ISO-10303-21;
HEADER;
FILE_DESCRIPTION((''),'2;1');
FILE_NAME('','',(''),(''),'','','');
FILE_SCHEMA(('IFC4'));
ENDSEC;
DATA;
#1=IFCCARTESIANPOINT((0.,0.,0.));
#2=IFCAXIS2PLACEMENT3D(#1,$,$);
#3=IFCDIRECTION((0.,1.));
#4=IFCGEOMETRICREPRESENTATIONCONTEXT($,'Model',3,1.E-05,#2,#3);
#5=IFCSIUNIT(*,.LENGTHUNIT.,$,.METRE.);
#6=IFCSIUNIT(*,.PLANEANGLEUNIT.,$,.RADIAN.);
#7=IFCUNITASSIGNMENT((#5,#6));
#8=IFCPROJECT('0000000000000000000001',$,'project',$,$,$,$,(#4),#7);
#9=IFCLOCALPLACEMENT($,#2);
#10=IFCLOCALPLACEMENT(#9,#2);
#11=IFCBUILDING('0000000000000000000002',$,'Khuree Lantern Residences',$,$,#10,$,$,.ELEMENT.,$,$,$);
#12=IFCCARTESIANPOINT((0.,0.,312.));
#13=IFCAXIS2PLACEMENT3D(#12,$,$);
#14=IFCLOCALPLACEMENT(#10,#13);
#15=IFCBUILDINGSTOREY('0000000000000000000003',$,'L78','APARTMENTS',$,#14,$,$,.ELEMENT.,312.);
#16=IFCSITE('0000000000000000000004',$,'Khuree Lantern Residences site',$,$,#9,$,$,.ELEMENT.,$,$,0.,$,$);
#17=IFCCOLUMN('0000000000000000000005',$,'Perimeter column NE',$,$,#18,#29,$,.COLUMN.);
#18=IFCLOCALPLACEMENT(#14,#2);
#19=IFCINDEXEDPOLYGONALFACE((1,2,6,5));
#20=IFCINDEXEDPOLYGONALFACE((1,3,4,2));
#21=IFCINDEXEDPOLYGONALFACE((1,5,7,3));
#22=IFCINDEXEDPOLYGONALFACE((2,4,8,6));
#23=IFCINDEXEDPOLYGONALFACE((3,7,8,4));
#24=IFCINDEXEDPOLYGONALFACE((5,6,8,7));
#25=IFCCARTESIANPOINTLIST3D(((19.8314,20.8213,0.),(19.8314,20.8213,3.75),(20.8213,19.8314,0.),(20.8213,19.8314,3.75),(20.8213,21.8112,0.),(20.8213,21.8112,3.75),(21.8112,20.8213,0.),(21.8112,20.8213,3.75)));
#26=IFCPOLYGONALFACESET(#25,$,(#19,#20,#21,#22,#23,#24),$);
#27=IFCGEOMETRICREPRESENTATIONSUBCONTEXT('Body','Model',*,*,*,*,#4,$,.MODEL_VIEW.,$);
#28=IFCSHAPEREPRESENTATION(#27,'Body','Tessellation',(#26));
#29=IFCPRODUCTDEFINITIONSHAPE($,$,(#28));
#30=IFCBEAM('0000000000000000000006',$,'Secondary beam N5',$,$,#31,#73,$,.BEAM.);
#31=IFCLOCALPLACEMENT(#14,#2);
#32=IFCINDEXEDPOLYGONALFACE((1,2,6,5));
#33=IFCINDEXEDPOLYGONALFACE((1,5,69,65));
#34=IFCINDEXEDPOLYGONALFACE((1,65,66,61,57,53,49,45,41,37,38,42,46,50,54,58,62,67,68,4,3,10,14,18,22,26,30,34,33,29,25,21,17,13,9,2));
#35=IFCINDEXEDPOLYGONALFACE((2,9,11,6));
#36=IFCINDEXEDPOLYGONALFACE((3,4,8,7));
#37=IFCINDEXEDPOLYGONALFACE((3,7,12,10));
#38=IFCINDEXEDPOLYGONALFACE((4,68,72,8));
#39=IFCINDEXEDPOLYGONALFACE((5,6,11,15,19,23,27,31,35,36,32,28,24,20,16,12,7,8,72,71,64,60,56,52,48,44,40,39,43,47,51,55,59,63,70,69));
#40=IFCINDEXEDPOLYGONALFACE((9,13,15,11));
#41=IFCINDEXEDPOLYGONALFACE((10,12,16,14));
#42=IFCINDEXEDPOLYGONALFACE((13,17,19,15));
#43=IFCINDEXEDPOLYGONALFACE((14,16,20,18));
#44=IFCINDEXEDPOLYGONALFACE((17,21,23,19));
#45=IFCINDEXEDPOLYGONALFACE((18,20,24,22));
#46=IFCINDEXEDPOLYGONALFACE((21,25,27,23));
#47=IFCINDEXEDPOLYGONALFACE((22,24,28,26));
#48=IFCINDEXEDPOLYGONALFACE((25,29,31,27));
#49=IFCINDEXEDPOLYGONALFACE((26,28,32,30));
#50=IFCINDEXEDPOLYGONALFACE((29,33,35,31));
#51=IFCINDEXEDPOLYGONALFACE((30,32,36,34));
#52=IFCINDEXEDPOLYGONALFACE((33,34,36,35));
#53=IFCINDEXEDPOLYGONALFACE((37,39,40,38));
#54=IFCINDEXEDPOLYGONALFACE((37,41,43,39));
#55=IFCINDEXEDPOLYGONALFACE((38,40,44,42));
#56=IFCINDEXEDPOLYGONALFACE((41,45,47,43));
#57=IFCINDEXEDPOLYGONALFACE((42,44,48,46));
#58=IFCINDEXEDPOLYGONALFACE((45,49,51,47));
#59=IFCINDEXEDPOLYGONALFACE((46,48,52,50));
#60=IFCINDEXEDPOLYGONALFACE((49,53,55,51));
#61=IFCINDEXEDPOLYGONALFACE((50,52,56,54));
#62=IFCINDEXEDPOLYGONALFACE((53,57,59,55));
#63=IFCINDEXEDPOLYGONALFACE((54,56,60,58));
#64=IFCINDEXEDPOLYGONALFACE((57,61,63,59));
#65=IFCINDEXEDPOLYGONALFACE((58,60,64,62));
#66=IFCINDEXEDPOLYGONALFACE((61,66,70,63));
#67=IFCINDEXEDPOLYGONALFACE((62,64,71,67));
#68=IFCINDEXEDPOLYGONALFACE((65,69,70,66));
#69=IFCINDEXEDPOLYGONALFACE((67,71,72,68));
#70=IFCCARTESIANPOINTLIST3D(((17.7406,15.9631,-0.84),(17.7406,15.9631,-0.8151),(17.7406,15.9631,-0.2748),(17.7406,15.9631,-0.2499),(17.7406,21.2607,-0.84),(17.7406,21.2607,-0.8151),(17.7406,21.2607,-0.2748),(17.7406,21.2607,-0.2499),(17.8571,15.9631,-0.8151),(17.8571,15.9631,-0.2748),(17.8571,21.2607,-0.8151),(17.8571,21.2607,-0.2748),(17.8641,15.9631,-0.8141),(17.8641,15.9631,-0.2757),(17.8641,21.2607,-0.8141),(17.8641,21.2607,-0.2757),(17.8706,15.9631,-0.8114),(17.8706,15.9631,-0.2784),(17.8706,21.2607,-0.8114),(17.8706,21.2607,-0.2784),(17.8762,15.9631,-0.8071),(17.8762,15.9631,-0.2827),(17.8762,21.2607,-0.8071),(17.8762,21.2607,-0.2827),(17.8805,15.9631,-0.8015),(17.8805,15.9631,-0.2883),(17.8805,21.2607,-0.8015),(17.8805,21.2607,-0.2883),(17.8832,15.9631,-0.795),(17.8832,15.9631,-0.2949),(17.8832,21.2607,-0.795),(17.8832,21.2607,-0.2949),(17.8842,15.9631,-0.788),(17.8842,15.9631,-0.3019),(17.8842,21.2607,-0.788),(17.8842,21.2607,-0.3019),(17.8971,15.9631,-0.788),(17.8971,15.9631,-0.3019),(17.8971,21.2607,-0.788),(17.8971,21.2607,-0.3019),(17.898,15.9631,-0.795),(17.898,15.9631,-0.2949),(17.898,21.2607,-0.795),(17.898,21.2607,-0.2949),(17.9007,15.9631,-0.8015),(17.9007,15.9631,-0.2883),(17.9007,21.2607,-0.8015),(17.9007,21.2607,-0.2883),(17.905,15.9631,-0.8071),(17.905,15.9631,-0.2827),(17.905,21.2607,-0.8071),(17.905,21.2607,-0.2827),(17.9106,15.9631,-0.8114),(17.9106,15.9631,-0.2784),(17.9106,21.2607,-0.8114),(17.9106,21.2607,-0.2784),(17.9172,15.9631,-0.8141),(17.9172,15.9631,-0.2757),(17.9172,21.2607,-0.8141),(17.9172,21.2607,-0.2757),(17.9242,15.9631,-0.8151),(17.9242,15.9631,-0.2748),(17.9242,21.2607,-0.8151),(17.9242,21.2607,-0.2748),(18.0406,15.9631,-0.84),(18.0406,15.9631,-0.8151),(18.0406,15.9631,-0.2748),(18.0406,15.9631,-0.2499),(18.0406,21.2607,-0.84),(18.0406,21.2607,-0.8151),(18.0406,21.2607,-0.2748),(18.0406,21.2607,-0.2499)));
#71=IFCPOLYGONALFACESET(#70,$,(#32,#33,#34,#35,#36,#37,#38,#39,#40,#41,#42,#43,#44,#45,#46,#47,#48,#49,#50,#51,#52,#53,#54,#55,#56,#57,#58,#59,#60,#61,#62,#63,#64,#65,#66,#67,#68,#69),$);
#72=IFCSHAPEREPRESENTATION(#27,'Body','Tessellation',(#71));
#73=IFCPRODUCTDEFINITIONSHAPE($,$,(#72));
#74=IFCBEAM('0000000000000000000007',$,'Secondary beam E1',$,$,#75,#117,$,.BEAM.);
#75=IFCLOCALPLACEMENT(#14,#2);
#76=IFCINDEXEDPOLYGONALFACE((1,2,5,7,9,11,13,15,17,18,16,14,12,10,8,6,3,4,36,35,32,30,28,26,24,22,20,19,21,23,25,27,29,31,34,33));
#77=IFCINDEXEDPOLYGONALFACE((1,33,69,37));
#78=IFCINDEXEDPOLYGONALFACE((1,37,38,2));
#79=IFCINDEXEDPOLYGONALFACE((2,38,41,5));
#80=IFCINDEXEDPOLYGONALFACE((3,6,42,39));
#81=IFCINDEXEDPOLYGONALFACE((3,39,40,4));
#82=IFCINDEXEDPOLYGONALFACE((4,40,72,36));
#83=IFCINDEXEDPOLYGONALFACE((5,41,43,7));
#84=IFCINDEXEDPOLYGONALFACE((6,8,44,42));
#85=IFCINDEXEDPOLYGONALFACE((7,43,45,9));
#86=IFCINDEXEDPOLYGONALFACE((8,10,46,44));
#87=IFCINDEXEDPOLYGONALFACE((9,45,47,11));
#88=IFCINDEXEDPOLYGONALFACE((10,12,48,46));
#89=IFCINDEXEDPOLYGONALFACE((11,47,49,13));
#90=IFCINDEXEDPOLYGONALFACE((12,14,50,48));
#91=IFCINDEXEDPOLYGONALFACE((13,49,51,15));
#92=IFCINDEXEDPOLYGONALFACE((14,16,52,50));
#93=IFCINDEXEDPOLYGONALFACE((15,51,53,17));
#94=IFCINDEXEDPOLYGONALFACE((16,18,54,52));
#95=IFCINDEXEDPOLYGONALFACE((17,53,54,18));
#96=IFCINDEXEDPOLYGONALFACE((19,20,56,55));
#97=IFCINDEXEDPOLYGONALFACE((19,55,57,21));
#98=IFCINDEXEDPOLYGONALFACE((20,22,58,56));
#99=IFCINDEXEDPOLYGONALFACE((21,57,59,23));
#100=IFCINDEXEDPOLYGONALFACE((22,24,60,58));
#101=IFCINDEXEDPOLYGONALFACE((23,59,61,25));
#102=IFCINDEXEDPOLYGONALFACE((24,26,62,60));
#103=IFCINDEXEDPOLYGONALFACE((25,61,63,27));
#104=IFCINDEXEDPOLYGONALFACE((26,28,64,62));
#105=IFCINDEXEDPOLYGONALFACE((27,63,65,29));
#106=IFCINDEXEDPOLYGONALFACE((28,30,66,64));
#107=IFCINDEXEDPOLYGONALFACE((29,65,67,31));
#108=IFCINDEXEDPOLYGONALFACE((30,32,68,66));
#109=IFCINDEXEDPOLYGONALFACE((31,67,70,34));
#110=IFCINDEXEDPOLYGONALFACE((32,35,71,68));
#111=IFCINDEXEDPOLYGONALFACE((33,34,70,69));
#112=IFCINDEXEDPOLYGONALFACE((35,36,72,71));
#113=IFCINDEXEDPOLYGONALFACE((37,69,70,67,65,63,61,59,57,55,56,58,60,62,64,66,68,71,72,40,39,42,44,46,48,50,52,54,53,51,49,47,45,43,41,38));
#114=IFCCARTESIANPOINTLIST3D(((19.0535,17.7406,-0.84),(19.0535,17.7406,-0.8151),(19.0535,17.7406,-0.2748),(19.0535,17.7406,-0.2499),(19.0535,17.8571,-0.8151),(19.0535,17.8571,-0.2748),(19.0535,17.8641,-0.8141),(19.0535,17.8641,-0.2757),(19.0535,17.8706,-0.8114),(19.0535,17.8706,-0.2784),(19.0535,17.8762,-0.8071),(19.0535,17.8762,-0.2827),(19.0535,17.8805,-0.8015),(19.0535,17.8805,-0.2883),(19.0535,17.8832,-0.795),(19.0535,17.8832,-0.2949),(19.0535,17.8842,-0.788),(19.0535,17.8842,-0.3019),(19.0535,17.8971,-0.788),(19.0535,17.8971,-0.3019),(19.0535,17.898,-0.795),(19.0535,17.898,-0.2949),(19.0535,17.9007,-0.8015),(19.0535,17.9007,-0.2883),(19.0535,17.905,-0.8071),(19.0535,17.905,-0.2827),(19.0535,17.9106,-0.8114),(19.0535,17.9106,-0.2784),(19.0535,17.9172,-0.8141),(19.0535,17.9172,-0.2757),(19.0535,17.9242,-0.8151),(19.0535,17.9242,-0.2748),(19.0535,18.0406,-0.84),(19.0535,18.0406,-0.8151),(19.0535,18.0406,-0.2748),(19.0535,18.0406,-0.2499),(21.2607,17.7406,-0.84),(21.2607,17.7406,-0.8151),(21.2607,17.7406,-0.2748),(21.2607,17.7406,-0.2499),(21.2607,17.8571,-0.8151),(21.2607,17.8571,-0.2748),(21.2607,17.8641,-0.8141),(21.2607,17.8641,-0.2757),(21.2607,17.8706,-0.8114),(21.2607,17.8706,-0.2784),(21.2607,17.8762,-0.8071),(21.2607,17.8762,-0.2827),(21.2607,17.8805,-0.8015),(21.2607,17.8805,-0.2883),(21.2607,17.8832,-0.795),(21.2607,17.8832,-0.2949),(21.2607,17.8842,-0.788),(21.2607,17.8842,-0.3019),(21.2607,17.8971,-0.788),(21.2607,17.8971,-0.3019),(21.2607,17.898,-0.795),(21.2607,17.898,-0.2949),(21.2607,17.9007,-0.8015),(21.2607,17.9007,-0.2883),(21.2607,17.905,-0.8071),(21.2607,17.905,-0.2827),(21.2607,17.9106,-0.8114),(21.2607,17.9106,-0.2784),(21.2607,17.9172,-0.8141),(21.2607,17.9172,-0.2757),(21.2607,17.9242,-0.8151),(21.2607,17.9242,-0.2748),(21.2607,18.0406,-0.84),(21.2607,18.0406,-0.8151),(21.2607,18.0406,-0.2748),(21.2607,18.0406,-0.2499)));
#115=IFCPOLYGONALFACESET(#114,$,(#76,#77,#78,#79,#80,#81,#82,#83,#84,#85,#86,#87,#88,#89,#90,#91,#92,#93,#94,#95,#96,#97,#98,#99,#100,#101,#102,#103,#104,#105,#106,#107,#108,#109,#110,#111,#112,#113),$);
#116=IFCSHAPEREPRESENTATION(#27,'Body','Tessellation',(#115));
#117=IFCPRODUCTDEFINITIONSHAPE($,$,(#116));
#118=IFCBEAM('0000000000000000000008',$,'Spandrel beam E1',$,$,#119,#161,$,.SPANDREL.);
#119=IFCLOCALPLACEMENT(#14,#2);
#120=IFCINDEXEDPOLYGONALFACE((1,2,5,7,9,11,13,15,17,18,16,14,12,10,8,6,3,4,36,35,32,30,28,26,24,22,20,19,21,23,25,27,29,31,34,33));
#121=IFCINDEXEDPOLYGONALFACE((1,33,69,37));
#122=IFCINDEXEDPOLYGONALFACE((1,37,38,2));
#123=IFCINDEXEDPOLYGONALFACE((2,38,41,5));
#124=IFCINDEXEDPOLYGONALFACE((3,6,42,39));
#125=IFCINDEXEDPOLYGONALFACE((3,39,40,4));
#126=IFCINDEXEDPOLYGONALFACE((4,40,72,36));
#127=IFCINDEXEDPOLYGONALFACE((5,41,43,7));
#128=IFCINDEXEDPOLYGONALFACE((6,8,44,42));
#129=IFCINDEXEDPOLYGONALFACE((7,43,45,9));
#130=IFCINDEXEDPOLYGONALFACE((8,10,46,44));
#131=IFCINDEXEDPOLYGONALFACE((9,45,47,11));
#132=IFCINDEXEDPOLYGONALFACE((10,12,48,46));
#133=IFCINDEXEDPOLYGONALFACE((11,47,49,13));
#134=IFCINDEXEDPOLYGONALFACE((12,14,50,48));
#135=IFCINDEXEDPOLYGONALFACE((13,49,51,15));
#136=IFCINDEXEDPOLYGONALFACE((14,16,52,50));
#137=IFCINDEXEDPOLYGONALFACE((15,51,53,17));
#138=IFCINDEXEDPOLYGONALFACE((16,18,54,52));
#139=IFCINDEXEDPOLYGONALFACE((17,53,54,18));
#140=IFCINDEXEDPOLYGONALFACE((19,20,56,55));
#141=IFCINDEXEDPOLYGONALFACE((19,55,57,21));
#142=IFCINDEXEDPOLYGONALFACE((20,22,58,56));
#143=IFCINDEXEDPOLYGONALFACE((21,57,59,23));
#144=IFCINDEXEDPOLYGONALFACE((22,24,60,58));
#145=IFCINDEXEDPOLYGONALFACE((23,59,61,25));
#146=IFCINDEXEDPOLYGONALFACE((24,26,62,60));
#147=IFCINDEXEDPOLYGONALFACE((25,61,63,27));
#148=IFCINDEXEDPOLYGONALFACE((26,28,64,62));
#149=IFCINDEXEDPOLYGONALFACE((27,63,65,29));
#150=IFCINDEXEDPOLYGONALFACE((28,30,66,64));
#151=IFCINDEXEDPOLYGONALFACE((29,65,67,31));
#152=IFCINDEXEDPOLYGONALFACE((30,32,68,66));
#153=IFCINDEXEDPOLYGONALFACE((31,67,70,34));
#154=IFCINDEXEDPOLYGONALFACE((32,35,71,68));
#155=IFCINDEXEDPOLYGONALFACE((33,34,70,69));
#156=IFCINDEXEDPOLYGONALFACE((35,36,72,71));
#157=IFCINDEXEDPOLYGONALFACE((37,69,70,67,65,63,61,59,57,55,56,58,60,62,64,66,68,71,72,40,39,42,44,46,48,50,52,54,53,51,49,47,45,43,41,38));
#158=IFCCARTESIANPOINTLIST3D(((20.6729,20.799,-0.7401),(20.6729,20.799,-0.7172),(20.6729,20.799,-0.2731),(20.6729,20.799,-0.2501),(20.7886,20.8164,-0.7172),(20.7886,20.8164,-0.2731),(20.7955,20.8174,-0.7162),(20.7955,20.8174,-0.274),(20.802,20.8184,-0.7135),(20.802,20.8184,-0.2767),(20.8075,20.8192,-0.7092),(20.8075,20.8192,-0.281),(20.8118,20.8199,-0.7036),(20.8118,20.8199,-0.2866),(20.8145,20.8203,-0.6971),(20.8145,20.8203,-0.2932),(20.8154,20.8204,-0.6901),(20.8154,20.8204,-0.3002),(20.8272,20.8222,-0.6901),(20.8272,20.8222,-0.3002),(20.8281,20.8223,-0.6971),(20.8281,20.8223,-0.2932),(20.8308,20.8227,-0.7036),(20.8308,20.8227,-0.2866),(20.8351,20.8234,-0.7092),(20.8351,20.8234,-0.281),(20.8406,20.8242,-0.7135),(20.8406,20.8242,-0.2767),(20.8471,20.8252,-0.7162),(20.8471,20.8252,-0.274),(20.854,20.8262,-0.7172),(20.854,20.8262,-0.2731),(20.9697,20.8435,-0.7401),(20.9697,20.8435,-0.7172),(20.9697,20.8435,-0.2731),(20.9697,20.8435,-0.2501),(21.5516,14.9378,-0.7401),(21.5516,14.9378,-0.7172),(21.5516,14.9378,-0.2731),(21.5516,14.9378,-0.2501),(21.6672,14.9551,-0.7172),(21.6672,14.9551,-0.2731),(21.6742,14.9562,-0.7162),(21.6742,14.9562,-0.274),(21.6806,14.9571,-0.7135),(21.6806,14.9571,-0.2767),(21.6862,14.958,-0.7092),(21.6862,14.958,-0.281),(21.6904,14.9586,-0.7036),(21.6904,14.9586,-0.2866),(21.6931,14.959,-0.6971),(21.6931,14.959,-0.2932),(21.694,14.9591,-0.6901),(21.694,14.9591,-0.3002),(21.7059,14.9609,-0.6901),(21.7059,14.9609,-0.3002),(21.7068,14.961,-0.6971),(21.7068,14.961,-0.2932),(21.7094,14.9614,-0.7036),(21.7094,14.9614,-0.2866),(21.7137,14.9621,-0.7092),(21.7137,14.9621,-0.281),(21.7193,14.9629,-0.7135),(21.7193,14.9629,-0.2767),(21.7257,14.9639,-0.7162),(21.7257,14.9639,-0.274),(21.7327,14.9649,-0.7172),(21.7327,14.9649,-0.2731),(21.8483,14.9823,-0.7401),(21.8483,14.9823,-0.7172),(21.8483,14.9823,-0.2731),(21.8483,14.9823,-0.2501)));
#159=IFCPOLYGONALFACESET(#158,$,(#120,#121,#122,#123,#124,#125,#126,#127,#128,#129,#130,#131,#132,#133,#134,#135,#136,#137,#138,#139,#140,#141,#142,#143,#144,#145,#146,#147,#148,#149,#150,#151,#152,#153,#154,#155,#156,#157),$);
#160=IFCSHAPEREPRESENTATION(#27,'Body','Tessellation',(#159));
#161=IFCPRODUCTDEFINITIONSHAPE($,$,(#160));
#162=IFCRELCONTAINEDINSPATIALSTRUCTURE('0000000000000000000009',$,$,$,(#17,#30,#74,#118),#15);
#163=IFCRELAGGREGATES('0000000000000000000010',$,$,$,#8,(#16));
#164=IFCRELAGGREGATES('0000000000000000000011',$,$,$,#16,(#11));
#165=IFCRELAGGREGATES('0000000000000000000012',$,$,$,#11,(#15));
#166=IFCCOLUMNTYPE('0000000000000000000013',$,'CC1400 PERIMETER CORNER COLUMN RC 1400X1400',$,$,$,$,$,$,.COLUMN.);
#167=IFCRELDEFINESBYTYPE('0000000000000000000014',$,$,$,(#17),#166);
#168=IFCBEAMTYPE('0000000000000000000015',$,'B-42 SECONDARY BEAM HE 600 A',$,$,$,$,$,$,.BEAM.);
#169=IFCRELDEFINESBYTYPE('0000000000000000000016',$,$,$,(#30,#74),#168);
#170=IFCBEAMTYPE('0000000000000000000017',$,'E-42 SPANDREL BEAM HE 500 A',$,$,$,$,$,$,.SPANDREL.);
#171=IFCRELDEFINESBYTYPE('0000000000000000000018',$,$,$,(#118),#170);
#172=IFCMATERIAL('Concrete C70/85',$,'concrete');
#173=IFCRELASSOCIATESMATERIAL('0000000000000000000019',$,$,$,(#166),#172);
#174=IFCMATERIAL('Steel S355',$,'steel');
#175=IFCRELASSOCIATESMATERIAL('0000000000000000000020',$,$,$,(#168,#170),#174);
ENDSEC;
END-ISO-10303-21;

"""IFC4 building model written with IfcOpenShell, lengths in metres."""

from ifc_helpers import new_model, si_unit, direction, frame, origin, origin_2d, place, context, subcontext, project, spatial, rectangle, i_section, extrude, material, material_profile, profile_set, type_object, element, save


model = new_model("IFC4")

# Units and contexts
model_context = context("Model", 3, precision=1e-05, world=origin(), true_north=direction((0.0, 1.0)))
body_context = subcontext(model_context, "Body", "Model", "MODEL_VIEW")
ifc_project = project(units=[si_unit("LENGTHUNIT", "METRE"), si_unit("PLANEANGLEUNIT", "RADIAN")], contexts=[model_context])

# Site, building, storey
site_placement = place(None, origin())
site = spatial("IfcSite", under=ifc_project, at=site_placement, Name="Khuree Lantern Residences site", CompositionType="ELEMENT", RefElevation=0.0)
building_placement = place(site_placement, origin())
building = spatial("IfcBuilding", under=site, at=building_placement, Name="Khuree Lantern Residences", CompositionType="ELEMENT")
storey_placement = place(building_placement, frame((0.0, 0.0, 312.0)))
storey = spatial("IfcBuildingStorey", under=building, at=storey_placement, Name="L78", Description="APARTMENTS", CompositionType="ELEMENT", Elevation=312.0)

# Column
ifc_material_1 = material(Name="Concrete C70/85", Category="concrete")
ifc_material_profile_1 = material_profile(ifc_material_1, rectangle(XDim=1.3999, YDim=1.3999, at=origin_2d()), Name="RC 1400X1400")
ifc_profile_set_1 = profile_set([ifc_material_profile_1], Name="Concrete C70/85")
column_type = type_object("IfcColumnType", Name="CC1400 PERIMETER CORNER COLUMN RC 1400X1400", PredefinedType="COLUMN", material=ifc_profile_set_1)
column_placement = place(storey_placement, frame((20.8213, 20.8213, 0.0), z_axis=(0.0, 0.0, 1.0), x_axis=(0.707107, -0.707107, 0.0)))
element("IfcColumn", 1, at=column_placement, inside=storey, type_object=column_type, Name="Perimeter column NE", PredefinedType="COLUMN", context=body_context, shape_type="SweptSolid", body=[
    extrude(rectangle(XDim=1.3999, YDim=1.3999, at=origin_2d()), origin(), (0.0, 0.0, 1.0), 3.75),
])

# Beams
ifc_material_2 = material(Name="Steel S355", Category="steel")
ifc_material_profile_2 = material_profile(ifc_material_2, i_section(OverallWidth=0.3, OverallDepth=0.5901, WebThickness=0.0129, FlangeThickness=0.0249, FilletRadius=0.0271, at=origin_2d()), Name="HE 600 A")
ifc_profile_set_2 = profile_set([ifc_material_profile_2], Name="Steel S355")
beam_type_1 = type_object("IfcBeamType", Name="B-42 SECONDARY BEAM HE 600 A", PredefinedType="BEAM", material=ifc_profile_set_2)
beam_1_placement = place(storey_placement, frame((17.8906, 21.2607, -0.5449), z_axis=(0.0, -1.0, 0.0), x_axis=(1.0, 0.0, 0.0)))
element("IfcBeam", 2, at=beam_1_placement, inside=storey, type_object=beam_type_1, Name="Secondary beam N5", PredefinedType="BEAM", context=body_context, shape_type="SweptSolid", body=[
    extrude(i_section(OverallWidth=0.3, OverallDepth=0.5901, WebThickness=0.0129, FlangeThickness=0.0249, FilletRadius=0.0271, at=origin_2d()), origin(), (0.0, 0.0, 1.0), 5.2976),
])
beam_2_placement = place(storey_placement, frame((21.2607, 17.8906, -0.5449), z_axis=(-1.0, 0.0, 0.0), x_axis=(0.0, -1.0, 0.0)))
element("IfcBeam", 3, at=beam_2_placement, inside=storey, type_object=beam_type_1, Name="Secondary beam E1", PredefinedType="BEAM", context=body_context, shape_type="SweptSolid", body=[
    extrude(i_section(OverallWidth=0.3, OverallDepth=0.5901, WebThickness=0.0129, FlangeThickness=0.0249, FilletRadius=0.0271, at=origin_2d()), origin(), (0.0, 0.0, 1.0), 2.2073),
])
ifc_material_profile_3 = material_profile(ifc_material_2, i_section(OverallWidth=0.3, OverallDepth=0.49, WebThickness=0.012, FlangeThickness=0.0229, FilletRadius=0.0271, at=origin_2d()), Name="HE 500 A")
ifc_profile_set_3 = profile_set([ifc_material_profile_3], Name="Steel S355")
beam_type_2 = type_object("IfcBeamType", Name="E-42 SPANDREL BEAM HE 500 A", PredefinedType="SPANDREL", material=ifc_profile_set_3)
beam_3_placement = place(storey_placement, frame((20.8213, 20.8213, -0.4951), z_axis=(0.148252, -0.98895, 0.0), x_axis=(0.98895, 0.148252, 0.0)))
element("IfcBeam", 4, at=beam_3_placement, inside=storey, type_object=beam_type_2, Name="Spandrel beam E1", PredefinedType="SPANDREL", context=body_context, shape_type="SweptSolid", body=[
    extrude(i_section(OverallWidth=0.3, OverallDepth=0.49, WebThickness=0.012, FlangeThickness=0.0229, FilletRadius=0.0271, at=origin_2d()), origin(), (0.0, 0.0, 1.0), 5.9268),
])

save(model, "model.ifc")
